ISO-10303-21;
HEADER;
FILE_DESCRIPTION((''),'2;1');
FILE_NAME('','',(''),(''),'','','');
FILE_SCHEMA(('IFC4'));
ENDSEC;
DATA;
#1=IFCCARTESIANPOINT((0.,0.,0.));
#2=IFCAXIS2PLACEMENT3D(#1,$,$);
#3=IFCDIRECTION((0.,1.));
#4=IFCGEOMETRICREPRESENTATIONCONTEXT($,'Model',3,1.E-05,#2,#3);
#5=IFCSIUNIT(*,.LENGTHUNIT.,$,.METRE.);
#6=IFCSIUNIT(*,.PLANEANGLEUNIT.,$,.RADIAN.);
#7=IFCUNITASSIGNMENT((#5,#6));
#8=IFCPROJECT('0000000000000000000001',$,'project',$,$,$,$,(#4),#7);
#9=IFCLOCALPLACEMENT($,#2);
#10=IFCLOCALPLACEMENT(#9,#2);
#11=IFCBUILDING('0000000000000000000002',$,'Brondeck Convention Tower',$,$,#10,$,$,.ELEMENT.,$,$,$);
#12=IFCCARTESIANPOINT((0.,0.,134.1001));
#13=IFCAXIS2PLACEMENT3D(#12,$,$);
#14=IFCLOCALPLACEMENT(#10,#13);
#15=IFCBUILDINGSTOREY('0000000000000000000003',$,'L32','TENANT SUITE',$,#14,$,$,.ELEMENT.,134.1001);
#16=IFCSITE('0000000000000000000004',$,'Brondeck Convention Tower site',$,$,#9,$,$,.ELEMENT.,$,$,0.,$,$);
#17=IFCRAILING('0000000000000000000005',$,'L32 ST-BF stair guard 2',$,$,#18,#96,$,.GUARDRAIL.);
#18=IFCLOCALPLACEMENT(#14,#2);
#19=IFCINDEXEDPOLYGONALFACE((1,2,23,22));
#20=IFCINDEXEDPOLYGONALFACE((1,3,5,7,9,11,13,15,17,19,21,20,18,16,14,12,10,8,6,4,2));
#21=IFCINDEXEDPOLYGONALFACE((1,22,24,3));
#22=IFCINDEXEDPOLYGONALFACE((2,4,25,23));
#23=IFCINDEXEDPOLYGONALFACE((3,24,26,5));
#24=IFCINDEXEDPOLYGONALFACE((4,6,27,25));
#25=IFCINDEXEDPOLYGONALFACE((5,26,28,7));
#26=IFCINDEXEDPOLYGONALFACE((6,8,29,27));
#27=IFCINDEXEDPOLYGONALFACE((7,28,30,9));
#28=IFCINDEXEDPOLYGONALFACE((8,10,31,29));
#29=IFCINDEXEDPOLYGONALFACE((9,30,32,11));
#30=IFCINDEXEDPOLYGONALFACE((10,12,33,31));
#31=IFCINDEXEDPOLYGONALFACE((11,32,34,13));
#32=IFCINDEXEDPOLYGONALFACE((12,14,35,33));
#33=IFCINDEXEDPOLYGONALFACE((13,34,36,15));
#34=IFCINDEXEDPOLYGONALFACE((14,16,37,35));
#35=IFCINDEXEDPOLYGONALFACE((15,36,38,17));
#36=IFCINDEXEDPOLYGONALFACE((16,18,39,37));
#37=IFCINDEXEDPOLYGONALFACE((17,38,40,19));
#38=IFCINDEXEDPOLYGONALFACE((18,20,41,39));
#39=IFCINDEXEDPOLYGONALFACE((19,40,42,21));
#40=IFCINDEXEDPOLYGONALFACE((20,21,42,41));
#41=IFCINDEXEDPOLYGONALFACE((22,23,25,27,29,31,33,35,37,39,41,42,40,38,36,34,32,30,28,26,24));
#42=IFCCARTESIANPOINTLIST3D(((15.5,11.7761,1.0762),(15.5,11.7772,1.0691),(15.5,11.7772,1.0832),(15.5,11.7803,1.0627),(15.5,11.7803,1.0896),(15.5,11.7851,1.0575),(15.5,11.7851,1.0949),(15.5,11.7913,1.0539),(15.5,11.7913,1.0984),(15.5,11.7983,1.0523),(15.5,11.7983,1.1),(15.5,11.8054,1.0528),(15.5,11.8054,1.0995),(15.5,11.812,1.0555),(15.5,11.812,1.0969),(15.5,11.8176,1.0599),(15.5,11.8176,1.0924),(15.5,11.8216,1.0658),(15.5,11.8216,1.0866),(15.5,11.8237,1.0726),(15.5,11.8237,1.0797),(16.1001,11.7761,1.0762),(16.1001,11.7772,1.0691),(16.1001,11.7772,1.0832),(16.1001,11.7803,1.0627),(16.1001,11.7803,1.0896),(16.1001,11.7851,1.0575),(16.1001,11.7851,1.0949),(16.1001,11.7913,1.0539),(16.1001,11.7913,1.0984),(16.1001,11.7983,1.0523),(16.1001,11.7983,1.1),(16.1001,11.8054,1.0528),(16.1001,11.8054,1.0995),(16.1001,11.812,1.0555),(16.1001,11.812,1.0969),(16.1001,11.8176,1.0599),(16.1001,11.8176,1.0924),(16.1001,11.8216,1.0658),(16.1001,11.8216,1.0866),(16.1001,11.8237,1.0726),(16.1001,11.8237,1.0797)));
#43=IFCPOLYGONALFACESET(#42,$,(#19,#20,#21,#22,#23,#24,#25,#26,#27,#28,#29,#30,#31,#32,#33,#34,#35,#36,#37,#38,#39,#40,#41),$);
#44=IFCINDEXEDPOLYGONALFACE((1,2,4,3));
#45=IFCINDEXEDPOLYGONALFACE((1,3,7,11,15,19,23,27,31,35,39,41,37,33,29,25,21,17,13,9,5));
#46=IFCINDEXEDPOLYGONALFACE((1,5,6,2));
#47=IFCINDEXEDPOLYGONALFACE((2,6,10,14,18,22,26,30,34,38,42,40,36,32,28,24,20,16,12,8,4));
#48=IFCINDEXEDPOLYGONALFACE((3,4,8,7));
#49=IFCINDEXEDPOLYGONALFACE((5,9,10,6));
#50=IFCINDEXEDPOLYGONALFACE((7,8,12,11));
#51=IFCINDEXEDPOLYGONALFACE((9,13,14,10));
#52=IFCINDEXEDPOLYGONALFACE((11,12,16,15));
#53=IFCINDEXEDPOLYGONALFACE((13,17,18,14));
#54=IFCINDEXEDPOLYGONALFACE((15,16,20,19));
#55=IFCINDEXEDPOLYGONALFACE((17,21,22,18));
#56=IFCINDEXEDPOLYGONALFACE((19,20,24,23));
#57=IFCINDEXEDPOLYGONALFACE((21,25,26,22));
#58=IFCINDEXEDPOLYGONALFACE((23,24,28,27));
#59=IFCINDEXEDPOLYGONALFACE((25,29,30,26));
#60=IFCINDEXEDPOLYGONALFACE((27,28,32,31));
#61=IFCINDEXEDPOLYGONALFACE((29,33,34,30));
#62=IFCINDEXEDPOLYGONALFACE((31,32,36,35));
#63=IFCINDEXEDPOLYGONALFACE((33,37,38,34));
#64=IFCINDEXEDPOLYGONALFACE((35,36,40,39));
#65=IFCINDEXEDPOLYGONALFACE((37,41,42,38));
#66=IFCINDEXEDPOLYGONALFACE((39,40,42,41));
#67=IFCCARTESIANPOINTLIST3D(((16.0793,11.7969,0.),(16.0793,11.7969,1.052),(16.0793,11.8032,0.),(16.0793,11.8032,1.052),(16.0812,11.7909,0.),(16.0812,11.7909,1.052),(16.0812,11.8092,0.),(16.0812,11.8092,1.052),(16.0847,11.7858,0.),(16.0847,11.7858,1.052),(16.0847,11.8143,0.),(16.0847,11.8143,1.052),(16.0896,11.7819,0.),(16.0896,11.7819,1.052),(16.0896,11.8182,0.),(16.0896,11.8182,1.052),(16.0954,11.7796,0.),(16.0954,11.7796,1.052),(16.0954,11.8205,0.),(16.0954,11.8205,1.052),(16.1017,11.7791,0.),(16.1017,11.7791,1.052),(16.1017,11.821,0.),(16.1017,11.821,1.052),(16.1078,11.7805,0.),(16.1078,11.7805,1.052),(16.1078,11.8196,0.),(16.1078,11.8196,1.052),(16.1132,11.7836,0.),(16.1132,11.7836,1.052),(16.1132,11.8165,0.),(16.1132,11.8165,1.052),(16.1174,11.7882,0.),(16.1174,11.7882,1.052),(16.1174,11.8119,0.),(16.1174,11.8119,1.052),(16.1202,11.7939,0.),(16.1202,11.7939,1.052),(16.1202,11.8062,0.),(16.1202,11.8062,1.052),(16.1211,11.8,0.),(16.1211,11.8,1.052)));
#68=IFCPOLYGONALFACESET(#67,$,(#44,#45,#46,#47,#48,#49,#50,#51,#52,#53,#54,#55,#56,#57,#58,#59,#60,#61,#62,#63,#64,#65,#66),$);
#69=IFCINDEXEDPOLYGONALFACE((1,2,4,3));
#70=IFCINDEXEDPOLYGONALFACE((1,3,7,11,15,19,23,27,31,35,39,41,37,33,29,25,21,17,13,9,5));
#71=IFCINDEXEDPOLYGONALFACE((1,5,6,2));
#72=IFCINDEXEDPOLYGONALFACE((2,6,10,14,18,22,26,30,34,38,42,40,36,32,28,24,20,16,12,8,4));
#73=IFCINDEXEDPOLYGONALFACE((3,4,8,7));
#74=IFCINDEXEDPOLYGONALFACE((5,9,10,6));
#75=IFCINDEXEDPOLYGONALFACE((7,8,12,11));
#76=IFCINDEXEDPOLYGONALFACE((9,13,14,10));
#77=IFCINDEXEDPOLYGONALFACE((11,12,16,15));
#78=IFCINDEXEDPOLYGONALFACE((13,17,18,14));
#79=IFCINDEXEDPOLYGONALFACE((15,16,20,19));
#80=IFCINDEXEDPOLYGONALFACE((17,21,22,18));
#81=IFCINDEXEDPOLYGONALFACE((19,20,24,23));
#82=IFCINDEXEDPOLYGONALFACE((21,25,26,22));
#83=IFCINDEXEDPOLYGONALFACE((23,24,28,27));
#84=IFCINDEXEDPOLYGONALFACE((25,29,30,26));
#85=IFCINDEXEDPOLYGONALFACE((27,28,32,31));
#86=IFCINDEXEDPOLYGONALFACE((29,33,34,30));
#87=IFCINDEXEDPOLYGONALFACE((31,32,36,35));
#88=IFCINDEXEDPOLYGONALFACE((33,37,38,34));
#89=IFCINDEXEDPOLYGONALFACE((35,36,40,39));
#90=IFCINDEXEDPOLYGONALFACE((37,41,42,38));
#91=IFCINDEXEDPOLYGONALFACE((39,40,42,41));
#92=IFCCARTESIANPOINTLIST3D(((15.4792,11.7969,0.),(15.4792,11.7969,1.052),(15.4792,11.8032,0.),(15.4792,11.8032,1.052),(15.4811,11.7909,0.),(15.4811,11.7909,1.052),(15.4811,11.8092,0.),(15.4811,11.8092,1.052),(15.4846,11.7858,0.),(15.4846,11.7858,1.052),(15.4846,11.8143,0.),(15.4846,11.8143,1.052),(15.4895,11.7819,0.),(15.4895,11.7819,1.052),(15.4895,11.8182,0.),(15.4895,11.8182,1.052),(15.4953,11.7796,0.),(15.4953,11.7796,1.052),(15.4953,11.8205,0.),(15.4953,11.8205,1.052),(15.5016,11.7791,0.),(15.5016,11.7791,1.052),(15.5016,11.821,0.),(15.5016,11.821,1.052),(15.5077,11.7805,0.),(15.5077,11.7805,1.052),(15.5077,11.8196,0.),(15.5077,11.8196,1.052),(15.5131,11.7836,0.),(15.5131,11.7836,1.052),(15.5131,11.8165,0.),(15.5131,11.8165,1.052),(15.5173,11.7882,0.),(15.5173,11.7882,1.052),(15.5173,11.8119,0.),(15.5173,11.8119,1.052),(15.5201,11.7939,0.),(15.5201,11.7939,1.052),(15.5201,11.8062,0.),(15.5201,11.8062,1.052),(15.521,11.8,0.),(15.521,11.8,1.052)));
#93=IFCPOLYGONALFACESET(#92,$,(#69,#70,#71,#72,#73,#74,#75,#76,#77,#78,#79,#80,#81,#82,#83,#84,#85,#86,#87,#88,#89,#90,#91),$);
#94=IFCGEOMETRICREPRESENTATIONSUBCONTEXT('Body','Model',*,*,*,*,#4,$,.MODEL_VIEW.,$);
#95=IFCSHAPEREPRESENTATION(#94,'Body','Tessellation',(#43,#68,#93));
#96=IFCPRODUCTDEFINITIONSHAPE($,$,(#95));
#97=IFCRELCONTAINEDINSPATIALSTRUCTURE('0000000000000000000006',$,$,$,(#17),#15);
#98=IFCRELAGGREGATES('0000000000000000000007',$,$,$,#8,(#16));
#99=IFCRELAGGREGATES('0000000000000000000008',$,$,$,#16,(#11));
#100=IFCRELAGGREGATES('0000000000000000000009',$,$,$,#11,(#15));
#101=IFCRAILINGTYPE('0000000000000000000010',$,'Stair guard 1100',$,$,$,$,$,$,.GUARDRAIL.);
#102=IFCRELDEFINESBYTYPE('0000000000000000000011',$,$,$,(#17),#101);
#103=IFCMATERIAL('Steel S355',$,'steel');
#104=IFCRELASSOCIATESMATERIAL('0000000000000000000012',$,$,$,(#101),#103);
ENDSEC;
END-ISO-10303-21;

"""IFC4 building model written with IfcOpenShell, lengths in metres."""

from ifc_helpers import new_model, si_unit, direction, frame, origin, origin_2d, place, context, subcontext, project, spatial, circle, extrude, material, type_object, element, save


model = new_model("IFC4")

# Units and contexts
model_context = context("Model", 3, precision=1e-05, world=origin(), true_north=direction((0.0, 1.0)))
body_context = subcontext(model_context, "Body", "Model", "MODEL_VIEW")
ifc_project = project(units=[si_unit("LENGTHUNIT", "METRE"), si_unit("PLANEANGLEUNIT", "RADIAN")], contexts=[model_context])

# Site, building, storey
site_placement = place(None, origin())
site = spatial("IfcSite", under=ifc_project, at=site_placement, Name="Brondeck Convention Tower site", CompositionType="ELEMENT", RefElevation=0.0)
building_placement = place(site_placement, origin())
building = spatial("IfcBuilding", under=site, at=building_placement, Name="Brondeck Convention Tower", CompositionType="ELEMENT")
storey_placement = place(building_placement, frame((0.0, 0.0, 134.1001)))
storey = spatial("IfcBuildingStorey", under=building, at=storey_placement, Name="L32", Description="TENANT SUITE", CompositionType="ELEMENT", Elevation=134.1001)

# Shared definitions
ifc_material_1 = material(Name="Steel S355", Category="steel")

# Railing
railing_type_1 = type_object("IfcRailingType", Name="Stair guard 1100", PredefinedType="GUARDRAIL", material=ifc_material_1)
railing_1_placement = place(storey_placement, frame((16.1001, 11.8, 0.0)))
element("IfcRailing", 1, at=railing_1_placement, inside=storey, type_object=railing_type_1, Name="L32 ST-BF stair guard 2", PredefinedType="GUARDRAIL", context=body_context, shape_type="SweptSolid", body=[
    extrude(circle(Radius=0.0239, at=origin_2d()), frame((0.0, 0.0, 1.0762), z_axis=(-1.0, 0.0, 0.0), x_axis=(0.0, -1.0, 0.0)), (0.0, 0.0, 1.0), 0.6001),
    extrude(circle(Radius=0.021, at=origin_2d()), origin(), (0.0, 0.0, 1.0), 1.052),
    extrude(circle(Radius=0.021, at=origin_2d()), frame((-0.6001, 0.0, 0.0)), (0.0, 0.0, 1.0), 1.052),
])

save(model, "model.ifc")
